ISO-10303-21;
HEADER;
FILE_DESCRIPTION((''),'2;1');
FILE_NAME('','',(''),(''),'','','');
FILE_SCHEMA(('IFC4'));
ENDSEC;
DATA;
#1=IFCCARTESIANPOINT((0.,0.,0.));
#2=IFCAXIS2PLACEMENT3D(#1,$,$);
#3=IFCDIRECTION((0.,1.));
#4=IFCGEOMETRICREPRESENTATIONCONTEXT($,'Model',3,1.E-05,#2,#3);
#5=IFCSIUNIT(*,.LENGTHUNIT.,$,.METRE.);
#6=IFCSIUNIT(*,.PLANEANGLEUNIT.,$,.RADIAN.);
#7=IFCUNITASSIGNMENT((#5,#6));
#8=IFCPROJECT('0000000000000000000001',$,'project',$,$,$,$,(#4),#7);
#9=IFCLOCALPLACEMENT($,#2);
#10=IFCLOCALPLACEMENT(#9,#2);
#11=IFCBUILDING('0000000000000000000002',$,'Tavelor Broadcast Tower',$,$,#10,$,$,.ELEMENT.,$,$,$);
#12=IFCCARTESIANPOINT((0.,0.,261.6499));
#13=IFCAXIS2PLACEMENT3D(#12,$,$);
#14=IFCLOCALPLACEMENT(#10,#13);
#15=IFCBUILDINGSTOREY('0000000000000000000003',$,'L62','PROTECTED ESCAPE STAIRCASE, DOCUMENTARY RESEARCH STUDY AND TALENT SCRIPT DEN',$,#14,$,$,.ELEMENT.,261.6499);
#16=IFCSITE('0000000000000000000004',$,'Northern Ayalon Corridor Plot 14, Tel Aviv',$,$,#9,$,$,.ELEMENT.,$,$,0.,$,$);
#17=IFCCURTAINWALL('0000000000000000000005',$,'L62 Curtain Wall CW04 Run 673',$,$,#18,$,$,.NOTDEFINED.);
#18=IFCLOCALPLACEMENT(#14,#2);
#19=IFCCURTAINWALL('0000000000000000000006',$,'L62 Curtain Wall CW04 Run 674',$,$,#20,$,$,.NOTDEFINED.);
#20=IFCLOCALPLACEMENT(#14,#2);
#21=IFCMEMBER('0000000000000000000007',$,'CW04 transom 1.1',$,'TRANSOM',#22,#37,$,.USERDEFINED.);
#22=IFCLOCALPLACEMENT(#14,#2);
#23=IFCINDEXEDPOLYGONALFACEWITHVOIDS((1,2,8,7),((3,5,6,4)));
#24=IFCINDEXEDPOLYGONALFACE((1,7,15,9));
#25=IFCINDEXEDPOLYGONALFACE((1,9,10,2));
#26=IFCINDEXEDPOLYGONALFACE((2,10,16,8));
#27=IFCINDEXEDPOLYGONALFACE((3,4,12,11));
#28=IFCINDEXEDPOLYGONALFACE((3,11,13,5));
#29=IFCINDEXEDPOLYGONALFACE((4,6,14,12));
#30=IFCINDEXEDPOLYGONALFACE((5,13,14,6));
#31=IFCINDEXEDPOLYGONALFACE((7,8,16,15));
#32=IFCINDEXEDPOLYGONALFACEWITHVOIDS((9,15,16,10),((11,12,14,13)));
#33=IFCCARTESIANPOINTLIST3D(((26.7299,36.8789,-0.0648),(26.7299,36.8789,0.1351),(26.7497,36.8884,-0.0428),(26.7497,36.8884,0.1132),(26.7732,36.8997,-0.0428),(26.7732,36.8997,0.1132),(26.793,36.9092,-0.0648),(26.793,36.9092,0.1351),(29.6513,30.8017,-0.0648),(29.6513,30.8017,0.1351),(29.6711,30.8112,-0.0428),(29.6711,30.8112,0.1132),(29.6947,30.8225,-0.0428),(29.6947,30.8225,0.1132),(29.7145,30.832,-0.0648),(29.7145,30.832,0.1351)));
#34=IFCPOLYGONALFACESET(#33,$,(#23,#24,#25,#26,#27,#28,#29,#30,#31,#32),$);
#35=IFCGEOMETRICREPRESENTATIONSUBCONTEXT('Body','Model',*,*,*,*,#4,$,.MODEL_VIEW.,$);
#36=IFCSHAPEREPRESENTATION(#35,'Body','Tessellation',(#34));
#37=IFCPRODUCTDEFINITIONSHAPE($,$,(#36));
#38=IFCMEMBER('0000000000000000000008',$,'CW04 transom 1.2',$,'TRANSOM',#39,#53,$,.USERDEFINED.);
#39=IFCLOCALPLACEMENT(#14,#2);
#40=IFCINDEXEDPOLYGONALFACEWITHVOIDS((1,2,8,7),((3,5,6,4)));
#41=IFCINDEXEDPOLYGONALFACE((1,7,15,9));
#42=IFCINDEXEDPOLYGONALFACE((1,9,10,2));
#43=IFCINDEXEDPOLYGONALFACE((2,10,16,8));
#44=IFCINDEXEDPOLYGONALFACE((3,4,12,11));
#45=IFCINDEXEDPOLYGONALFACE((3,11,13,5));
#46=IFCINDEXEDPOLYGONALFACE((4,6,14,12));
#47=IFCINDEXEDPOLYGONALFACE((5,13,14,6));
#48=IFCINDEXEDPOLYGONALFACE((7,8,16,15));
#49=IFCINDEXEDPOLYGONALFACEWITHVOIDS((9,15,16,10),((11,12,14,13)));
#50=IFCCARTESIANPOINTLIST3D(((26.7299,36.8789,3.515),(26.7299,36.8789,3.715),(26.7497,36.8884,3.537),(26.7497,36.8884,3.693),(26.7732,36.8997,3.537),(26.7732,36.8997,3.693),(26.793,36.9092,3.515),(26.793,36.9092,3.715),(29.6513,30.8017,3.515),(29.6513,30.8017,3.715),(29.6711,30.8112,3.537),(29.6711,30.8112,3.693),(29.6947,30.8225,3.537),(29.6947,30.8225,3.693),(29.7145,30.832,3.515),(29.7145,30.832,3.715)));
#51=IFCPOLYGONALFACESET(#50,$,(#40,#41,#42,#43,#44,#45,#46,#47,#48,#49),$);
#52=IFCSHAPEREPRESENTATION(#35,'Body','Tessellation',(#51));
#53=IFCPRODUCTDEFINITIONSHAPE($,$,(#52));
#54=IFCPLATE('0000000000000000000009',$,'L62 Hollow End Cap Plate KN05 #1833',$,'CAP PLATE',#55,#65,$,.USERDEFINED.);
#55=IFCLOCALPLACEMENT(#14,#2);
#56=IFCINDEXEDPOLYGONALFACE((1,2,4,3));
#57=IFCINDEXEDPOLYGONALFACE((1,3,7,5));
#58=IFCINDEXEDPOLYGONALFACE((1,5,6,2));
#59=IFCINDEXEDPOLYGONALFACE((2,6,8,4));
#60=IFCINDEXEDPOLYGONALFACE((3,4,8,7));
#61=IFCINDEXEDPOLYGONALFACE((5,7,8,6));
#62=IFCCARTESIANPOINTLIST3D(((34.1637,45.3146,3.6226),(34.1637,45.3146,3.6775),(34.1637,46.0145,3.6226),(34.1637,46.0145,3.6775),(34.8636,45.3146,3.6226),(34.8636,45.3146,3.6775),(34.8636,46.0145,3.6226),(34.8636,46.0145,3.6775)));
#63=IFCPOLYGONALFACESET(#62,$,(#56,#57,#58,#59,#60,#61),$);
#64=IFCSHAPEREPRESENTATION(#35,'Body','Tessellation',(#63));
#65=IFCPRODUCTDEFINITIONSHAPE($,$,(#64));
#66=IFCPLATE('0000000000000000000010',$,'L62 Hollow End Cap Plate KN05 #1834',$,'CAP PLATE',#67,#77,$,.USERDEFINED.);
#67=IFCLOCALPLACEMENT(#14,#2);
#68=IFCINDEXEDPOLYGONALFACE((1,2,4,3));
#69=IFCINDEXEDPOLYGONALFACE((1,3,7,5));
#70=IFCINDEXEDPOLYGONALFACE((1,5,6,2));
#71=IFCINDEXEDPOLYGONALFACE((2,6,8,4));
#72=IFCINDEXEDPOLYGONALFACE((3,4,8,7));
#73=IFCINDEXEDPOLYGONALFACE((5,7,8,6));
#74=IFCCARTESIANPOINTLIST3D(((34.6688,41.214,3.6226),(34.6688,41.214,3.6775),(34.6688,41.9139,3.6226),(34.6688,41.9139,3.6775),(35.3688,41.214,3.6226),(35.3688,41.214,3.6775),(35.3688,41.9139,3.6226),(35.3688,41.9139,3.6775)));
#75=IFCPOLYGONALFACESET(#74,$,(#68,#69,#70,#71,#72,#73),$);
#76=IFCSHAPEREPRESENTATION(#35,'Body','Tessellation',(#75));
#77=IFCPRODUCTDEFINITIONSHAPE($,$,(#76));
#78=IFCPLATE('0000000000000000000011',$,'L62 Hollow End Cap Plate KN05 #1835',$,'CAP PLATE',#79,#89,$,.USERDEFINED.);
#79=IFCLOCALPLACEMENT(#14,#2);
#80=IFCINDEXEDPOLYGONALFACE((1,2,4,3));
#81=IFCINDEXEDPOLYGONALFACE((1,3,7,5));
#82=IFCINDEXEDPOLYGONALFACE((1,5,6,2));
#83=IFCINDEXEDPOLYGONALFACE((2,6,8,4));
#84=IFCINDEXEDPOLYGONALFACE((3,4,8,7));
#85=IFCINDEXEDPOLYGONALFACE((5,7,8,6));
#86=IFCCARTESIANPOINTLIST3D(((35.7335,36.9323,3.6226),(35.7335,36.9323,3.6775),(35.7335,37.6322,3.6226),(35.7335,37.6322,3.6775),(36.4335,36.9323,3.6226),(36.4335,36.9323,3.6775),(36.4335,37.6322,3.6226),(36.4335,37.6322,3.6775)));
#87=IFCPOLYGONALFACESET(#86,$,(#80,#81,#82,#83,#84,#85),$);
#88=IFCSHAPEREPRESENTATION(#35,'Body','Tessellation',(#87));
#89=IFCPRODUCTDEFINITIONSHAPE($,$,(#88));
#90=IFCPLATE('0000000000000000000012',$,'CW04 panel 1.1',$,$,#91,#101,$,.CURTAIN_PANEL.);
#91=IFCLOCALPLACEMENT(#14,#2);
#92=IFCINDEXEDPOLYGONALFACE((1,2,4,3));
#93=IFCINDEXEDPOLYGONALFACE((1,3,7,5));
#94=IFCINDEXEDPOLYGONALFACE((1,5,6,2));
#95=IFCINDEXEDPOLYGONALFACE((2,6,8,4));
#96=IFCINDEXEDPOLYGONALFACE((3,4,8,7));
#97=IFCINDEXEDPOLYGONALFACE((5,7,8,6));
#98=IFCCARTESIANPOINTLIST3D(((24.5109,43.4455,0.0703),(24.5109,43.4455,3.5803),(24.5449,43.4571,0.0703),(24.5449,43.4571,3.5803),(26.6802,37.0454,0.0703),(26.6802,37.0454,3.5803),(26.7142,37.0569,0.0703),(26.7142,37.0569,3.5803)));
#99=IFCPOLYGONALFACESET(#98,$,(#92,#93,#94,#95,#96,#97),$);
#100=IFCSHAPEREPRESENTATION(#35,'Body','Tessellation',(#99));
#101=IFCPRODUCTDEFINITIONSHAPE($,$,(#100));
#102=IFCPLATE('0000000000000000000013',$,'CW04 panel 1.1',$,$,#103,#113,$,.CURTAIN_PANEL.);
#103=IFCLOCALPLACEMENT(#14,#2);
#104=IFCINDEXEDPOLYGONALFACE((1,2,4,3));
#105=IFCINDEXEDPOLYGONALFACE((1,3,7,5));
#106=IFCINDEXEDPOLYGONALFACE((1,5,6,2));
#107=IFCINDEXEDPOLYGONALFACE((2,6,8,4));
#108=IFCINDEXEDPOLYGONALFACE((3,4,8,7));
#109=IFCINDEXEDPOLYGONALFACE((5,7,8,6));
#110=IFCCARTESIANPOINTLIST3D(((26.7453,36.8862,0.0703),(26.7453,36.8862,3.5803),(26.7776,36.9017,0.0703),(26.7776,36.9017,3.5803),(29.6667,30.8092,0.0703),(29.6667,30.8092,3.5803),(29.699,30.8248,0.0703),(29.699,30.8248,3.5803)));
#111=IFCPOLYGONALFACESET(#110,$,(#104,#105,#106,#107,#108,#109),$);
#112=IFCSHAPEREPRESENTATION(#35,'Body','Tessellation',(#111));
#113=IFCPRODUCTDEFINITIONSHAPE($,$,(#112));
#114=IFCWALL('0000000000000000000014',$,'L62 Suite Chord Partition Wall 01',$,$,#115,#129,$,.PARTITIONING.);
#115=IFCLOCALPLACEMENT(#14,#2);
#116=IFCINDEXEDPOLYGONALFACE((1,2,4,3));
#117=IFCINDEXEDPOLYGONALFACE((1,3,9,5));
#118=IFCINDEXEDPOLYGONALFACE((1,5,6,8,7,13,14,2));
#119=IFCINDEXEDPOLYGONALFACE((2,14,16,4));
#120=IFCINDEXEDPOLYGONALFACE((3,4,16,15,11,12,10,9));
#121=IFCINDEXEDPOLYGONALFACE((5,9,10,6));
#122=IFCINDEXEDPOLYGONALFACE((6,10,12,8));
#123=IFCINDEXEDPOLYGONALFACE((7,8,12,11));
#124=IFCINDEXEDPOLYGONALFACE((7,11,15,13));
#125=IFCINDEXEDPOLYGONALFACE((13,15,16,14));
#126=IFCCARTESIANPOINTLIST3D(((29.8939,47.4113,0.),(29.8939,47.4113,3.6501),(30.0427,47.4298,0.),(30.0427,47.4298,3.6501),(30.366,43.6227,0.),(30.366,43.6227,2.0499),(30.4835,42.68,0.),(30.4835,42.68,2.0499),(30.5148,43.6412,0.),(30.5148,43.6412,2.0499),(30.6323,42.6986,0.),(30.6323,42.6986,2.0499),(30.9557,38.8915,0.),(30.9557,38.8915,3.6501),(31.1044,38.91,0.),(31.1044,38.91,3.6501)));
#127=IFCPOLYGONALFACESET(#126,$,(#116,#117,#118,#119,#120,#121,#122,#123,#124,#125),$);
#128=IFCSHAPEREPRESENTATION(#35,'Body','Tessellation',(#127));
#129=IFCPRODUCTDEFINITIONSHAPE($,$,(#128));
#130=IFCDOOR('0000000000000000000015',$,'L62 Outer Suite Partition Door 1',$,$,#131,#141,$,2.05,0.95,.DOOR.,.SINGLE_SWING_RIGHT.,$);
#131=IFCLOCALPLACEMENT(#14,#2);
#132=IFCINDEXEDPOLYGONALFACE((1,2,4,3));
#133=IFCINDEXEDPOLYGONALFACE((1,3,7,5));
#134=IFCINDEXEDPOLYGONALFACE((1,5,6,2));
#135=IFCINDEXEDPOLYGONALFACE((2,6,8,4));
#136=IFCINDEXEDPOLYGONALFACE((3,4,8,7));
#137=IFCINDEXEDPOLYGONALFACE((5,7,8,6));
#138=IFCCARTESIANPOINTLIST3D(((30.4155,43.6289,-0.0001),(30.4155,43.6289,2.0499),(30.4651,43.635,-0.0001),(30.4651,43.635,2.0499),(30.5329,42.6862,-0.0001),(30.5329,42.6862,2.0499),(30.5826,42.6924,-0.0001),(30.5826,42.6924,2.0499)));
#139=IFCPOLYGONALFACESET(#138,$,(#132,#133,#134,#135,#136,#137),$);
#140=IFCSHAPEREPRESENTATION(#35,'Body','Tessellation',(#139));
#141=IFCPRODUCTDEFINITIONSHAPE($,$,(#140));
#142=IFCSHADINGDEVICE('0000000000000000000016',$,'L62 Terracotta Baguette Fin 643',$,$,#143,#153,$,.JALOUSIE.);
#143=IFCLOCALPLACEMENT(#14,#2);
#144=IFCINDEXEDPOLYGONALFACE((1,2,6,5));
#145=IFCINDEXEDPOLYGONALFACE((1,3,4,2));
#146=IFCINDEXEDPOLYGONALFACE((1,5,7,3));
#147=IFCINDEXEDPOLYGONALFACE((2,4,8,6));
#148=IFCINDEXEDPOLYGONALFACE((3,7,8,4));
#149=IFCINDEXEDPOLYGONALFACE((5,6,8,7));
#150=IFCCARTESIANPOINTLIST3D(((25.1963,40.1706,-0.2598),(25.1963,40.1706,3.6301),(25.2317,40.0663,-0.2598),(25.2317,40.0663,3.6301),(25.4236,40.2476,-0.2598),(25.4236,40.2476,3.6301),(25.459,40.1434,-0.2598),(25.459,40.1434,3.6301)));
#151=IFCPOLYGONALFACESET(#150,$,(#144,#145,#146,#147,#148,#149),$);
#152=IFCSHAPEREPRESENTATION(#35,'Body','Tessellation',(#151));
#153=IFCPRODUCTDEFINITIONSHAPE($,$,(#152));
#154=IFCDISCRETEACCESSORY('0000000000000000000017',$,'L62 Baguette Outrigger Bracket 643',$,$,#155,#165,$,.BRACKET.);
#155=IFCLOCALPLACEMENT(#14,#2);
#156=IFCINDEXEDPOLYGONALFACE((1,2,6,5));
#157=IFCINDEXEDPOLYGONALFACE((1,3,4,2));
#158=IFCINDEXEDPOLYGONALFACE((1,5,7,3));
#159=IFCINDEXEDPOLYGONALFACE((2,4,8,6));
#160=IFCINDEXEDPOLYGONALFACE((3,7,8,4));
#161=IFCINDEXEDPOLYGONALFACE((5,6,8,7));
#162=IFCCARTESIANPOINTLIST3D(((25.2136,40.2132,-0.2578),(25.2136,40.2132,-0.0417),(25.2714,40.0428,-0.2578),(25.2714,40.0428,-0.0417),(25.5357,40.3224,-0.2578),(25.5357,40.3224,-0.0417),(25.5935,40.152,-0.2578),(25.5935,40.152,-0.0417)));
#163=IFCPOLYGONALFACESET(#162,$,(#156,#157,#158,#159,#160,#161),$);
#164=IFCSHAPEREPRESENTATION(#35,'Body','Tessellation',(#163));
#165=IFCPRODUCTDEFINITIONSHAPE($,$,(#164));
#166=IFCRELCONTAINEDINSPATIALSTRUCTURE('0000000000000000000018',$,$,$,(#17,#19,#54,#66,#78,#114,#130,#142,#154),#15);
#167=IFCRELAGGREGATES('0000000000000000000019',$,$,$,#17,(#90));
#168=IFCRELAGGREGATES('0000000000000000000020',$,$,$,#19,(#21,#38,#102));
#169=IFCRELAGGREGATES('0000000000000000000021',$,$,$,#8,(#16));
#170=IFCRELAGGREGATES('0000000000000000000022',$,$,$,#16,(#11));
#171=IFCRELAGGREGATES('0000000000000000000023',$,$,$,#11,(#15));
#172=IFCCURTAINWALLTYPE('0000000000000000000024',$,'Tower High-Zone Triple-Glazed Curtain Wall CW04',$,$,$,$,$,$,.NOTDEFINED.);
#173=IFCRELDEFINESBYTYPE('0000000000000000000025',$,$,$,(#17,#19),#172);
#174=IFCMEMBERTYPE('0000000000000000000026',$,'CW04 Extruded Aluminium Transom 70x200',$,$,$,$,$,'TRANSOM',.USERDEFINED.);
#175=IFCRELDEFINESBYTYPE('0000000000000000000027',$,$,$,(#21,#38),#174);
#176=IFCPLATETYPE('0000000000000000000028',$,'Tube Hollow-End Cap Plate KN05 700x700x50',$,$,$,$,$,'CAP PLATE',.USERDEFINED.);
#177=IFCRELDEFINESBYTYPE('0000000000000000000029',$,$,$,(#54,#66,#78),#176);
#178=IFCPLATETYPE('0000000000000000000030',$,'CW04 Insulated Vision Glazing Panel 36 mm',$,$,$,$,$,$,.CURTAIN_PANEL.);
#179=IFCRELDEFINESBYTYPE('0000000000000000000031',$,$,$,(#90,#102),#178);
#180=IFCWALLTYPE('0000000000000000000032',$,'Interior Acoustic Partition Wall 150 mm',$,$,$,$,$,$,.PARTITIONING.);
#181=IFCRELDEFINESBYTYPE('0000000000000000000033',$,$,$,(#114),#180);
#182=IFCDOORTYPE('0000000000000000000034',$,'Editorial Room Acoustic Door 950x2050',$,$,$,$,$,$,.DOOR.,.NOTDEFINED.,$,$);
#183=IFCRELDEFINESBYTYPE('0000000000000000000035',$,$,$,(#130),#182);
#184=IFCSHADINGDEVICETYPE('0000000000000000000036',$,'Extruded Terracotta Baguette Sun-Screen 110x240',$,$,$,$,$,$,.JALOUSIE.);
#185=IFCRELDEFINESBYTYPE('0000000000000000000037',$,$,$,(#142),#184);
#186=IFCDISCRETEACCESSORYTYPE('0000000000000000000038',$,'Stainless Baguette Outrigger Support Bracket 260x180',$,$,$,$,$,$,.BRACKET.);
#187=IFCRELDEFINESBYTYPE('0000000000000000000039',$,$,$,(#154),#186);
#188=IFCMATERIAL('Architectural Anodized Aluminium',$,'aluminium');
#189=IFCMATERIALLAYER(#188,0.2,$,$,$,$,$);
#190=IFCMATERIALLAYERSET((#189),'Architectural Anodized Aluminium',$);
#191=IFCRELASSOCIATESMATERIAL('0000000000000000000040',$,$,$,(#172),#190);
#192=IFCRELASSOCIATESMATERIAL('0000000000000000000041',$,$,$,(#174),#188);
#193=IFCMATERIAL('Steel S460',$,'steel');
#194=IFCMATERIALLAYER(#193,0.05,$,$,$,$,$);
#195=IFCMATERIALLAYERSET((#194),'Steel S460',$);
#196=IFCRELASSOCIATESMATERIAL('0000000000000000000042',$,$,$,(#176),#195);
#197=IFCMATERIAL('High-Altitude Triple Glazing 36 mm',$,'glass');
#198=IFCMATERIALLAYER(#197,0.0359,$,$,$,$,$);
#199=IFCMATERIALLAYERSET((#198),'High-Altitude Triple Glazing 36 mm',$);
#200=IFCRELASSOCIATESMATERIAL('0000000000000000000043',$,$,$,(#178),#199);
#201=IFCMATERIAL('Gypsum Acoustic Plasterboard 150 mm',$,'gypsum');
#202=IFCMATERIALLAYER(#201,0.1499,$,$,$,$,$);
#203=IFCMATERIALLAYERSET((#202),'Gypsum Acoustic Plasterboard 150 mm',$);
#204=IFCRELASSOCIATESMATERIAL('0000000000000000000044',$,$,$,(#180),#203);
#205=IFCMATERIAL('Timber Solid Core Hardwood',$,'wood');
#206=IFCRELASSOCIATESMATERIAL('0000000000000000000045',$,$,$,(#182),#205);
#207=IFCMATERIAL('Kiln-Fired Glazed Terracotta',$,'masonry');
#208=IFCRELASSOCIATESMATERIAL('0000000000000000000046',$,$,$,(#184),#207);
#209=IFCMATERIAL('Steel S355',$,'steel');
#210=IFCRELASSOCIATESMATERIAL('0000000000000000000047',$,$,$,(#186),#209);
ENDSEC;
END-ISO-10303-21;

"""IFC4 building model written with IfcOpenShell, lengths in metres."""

from ifc_helpers import new_model, si_unit, direction, frame, frame_2d, origin, origin_2d, place, context, subcontext, project, spatial, rectangle, hollow_rectangle, extrude, source, transform, mapped, material, layer, layer_set, material_profile, profile_set, type_object, type_shapes, element, fill, aggregate, save


model = new_model("IFC4")

# Units and contexts
model_context = context("Model", 3, precision=1e-05, world=origin(), true_north=direction((0.0, 1.0)))
body_context = subcontext(model_context, "Body", "Model", "MODEL_VIEW")
ifc_project = project(units=[si_unit("LENGTHUNIT", "METRE"), si_unit("PLANEANGLEUNIT", "RADIAN")], contexts=[model_context])

# Site, building, storey
site_placement = place(None, origin())
site = spatial("IfcSite", under=ifc_project, at=site_placement, Name="Northern Ayalon Corridor Plot 14, Tel Aviv", CompositionType="ELEMENT", RefElevation=0.0)
building_placement = place(site_placement, origin())
building = spatial("IfcBuilding", under=site, at=building_placement, Name="Tavelor Broadcast Tower", CompositionType="ELEMENT")
storey_placement = place(building_placement, frame((0.0, 0.0, 261.6499)))
storey = spatial("IfcBuildingStorey", under=building, at=storey_placement, Name="L62", Description="PROTECTED ESCAPE STAIRCASE, DOCUMENTARY RESEARCH STUDY AND TALENT SCRIPT DEN", CompositionType="ELEMENT", Elevation=261.6499)

# Shared definitions
ifc_material_1 = material(Name="Steel S460", Category="steel")

# Shared definitions
ifc_material_2 = material(Name="Steel S355", Category="steel")

# Curtain wall
ifc_material_3 = material(Name="Architectural Anodized Aluminium", Category="aluminium")
ifc_layer_1 = layer(ifc_material_3, 0.2)
ifc_layer_set_1 = layer_set([ifc_layer_1], Name="Architectural Anodized Aluminium")
curtain_wall_type = type_object("IfcCurtainWallType", Name="Tower High-Zone Triple-Glazed Curtain Wall CW04", PredefinedType="NOTDEFINED", material=ifc_layer_set_1)
curtain_wall_1_placement = place(storey_placement, origin())
curtain_wall_1 = element("IfcCurtainWall", 1, at=curtain_wall_1_placement, inside=storey, type_object=curtain_wall_type, Name="L62 Curtain Wall CW04 Run 673", PredefinedType="NOTDEFINED")

# Curtain wall
curtain_wall_2_placement = place(storey_placement, origin())
curtain_wall_2 = element("IfcCurtainWall", 2, at=curtain_wall_2_placement, inside=storey, type_object=curtain_wall_type, Name="L62 Curtain Wall CW04 Run 674", PredefinedType="NOTDEFINED")

# Members
ifc_material_profile_1 = material_profile(ifc_material_3, hollow_rectangle(XDim=0.0701, YDim=0.2, WallThickness=0.022, at=origin_2d()), Name="RHS 70x200x22")
ifc_profile_set_1 = profile_set([ifc_material_profile_1], Name="Architectural Anodized Aluminium")
member_type_1 = type_object("IfcMemberType", Name="CW04 Extruded Aluminium Transom 70x200", ElementType="TRANSOM", PredefinedType="USERDEFINED", material=ifc_profile_set_1)
shared_shape_1 = source(origin(), body_context, "Body", "SweptSolid", [
    extrude(hollow_rectangle(XDim=0.0701, YDim=0.2, WallThickness=0.022, at=origin_2d()), origin(), (0.0, 0.0, 1.0), 6.7429),
])
member_1_placement = place(storey_placement, frame((26.7615, 36.894, 0.0352), z_axis=(0.433256, -0.901271, 0.0), x_axis=(0.901271, 0.433256, 0.0)))
member_1 = element("IfcMember", 3, at=member_1_placement, type_object=member_type_1, Name="CW04 transom 1.1", ObjectType="TRANSOM", PredefinedType="USERDEFINED", context=body_context, shape_type="MappedRepresentation", body=[
    mapped(shared_shape_1, transform((0.0, 0.0, 0.0), scale=1.0)),
])
member_2_placement = place(storey_placement, frame((26.7615, 36.894, 3.615), z_axis=(0.433256, -0.901271, 0.0), x_axis=(0.901271, 0.433256, 0.0)))
member_2 = element("IfcMember", 4, at=member_2_placement, type_object=member_type_1, Name="CW04 transom 1.2", ObjectType="TRANSOM", PredefinedType="USERDEFINED", context=body_context, shape_type="MappedRepresentation", body=[
    mapped(shared_shape_1, transform((0.0, 0.0, 0.0), scale=1.0)),
])

# Plates
ifc_layer_2 = layer(ifc_material_1, 0.05)
ifc_layer_set_2 = layer_set([ifc_layer_2], Name="Steel S460")
plate_type_1 = type_object("IfcPlateType", Name="Tube Hollow-End Cap Plate KN05 700x700x50", ElementType="CAP PLATE", PredefinedType="USERDEFINED", material=ifc_layer_set_2)
shared_shape_2 = source(origin(), body_context, "Body", "SweptSolid", [
    extrude(rectangle(XDim=0.7, YDim=0.7, at=origin_2d()), origin(), (0.0, 0.0, 1.0), 0.0549),
])
type_shapes(plate_type_1, [shared_shape_2])
for number, where, z_axis, x_axis, name in (
    (5, (34.5137, 45.6646, 3.6226), (0.0, 0.0, 1.0), (1.0, 0.0, 0.0), "L62 Hollow End Cap Plate KN05 #1833"),
    (6, (35.0188, 41.564, 3.6226), (0.0, 0.0, 1.0), (1.0, 0.0, 0.0), "L62 Hollow End Cap Plate KN05 #1834"),
    (7, (36.0835, 37.2822, 3.6226), (0.0, 0.0, 1.0), (1.0, 0.0, 0.0), "L62 Hollow End Cap Plate KN05 #1835"),
):
    element("IfcPlate", number, at=place(storey_placement, frame(where, z_axis=z_axis, x_axis=x_axis)), inside=storey, type_object=plate_type_1, Name=name, ObjectType="CAP PLATE", PredefinedType="USERDEFINED", context=body_context, shape_type="MappedRepresentation", body=[
        mapped(shared_shape_2, transform((0.0, 0.0, 0.0), scale=1.0)),
    ])

# Plates
ifc_material_4 = material(Name="High-Altitude Triple Glazing 36 mm", Category="glass")
ifc_layer_3 = layer(ifc_material_4, 0.0359)
ifc_layer_set_3 = layer_set([ifc_layer_3], Name="High-Altitude Triple Glazing 36 mm")
plate_type_2 = type_object("IfcPlateType", Name="CW04 Insulated Vision Glazing Panel 36 mm", PredefinedType="CURTAIN_PANEL", material=ifc_layer_set_3)
shared_shape_3 = source(origin(), body_context, "Body", "SweptSolid", [
    extrude(rectangle(XDim=6.7578, YDim=0.0359, at=origin_2d()), origin(), (0.0, 0.0, 1.0), 3.51),
])
plate_1_placement = place(storey_placement, frame((25.6125, 40.2512, 0.0703), z_axis=(0.0, 0.0, 1.0), x_axis=(0.321017, -0.947074, 0.0)))
plate_1 = element("IfcPlate", 8, at=plate_1_placement, type_object=plate_type_2, Name="CW04 panel 1.1", PredefinedType="CURTAIN_PANEL", context=body_context, shape_type="MappedRepresentation", body=[
    mapped(shared_shape_3, transform((0.0, 0.0, 0.0), scale=1.0)),
])
aggregate(curtain_wall_1, [plate_1])
shared_shape_4 = source(origin(), body_context, "Body", "SweptSolid", [
    extrude(rectangle(XDim=6.7427, YDim=0.0359, at=origin_2d()), origin(), (0.0, 0.0, 1.0), 3.51),
])
type_shapes(plate_type_2, [shared_shape_3, shared_shape_4])
plate_2_placement = place(storey_placement, frame((28.2222, 33.8555, 0.0703), z_axis=(0.0, 0.0, 1.0), x_axis=(0.43327, -0.901264, 0.0)))
plate_2 = element("IfcPlate", 9, at=plate_2_placement, type_object=plate_type_2, Name="CW04 panel 1.1", PredefinedType="CURTAIN_PANEL", context=body_context, shape_type="MappedRepresentation", body=[
    mapped(shared_shape_4, transform((0.0, 0.0, 0.0), scale=1.0)),
])
aggregate(curtain_wall_2, [member_1, member_2, plate_2])

# Wall, opening, door
ifc_material_5 = material(Name="Gypsum Acoustic Plasterboard 150 mm", Category="gypsum")
ifc_layer_4 = layer(ifc_material_5, 0.1499)
ifc_layer_set_4 = layer_set([ifc_layer_4], Name="Gypsum Acoustic Plasterboard 150 mm")
wall_type = type_object("IfcWallType", Name="Interior Acoustic Partition Wall 150 mm", PredefinedType="PARTITIONING", material=ifc_layer_set_4)
wall_placement = place(storey_placement, frame((29.9683, 47.4207, 0.0), z_axis=(0.0, 0.0, 1.0), x_axis=(0.123667, -0.992324, 0.0)))
wall = element("IfcWall", 10, at=wall_placement, inside=storey, type_object=wall_type, Name="L62 Suite Chord Partition Wall 01", PredefinedType="PARTITIONING", context=body_context, shape_type="SweptSolid", body=[
    extrude(rectangle(XDim=8.5857, YDim=0.1499, at=frame_2d((4.293, 0.0))), origin(), (0.0, 0.0, 1.0), 3.6501),
])
opening_placement = place(wall_placement, frame((3.8179, 0.0, 0.0)))
opening = element("IfcOpeningElement", 11, at=opening_placement, cuts=wall, PredefinedType="OPENING", context=body_context, shape_type="SweptSolid", body=[
    extrude(rectangle(XDim=0.95, YDim=2.05, at=frame_2d((0.4751, 1.0249))), frame((0.0, 0.085, 0.0), z_axis=(0.0, -1.0, 0.0), x_axis=(1.0, 0.0, 0.0)), (0.0, 0.0, 1.0), 0.1699),
])
ifc_material_6 = material(Name="Timber Solid Core Hardwood", Category="wood")
door_type = type_object("IfcDoorType", Name="Editorial Room Acoustic Door 950x2050", OperationType="NOTDEFINED", PredefinedType="DOOR", material=ifc_material_6)
door_placement = place(opening_placement, origin())
door = element("IfcDoor", 12, at=door_placement, inside=storey, type_object=door_type, Name="L62 Outer Suite Partition Door 1", OperationType="SINGLE_SWING_RIGHT", OverallHeight=2.05, OverallWidth=0.95, PredefinedType="DOOR", context=body_context, shape_type="SweptSolid", body=[
    extrude(rectangle(XDim=0.95, YDim=2.05, at=frame_2d((0.4751, 1.0249))), frame((0.0, 0.0249, 0.0), z_axis=(0.0, -1.0, 0.0), x_axis=(1.0, 0.0, 0.0)), (0.0, 0.0, 1.0), 0.05),
])
fill(opening, door)

# Shading device
ifc_material_7 = material(Name="Kiln-Fired Glazed Terracotta", Category="masonry")
shading_device_type = type_object("IfcShadingDeviceType", Name="Extruded Terracotta Baguette Sun-Screen 110x240", PredefinedType="JALOUSIE", material=ifc_material_7)
shared_shape_5 = source(origin(), body_context, "Body", "SweptSolid", [
    extrude(rectangle(XDim=0.1101, YDim=0.24, at=origin_2d()), origin(), (0.0, 0.0, 1.0), 3.8899),
])
type_shapes(shading_device_type, [shared_shape_5])
shading_device_placement = place(storey_placement, frame((25.3276, 40.157, -0.2598), z_axis=(0.0, 0.0, 1.0), x_axis=(0.320944, -0.947098, 0.0)))
element("IfcShadingDevice", 13, at=shading_device_placement, inside=storey, type_object=shading_device_type, Name="L62 Terracotta Baguette Fin 643", PredefinedType="JALOUSIE", context=body_context, shape_type="MappedRepresentation", body=[
    mapped(shared_shape_5, transform((0.0, 0.0, 0.0), scale=1.0)),
])

# Discrete accessory
discrete_accessory_type = type_object("IfcDiscreteAccessoryType", Name="Stainless Baguette Outrigger Support Bracket 260x180", PredefinedType="BRACKET", material=ifc_material_2)
shared_shape_6 = source(origin(), body_context, "Body", "SweptSolid", [
    extrude(rectangle(XDim=0.1799, YDim=0.3401, at=origin_2d()), origin(), (0.0, 0.0, 1.0), 0.2161),
])
type_shapes(discrete_accessory_type, [shared_shape_6])
discrete_accessory_placement = place(storey_placement, frame((25.4036, 40.1826, -0.2578), z_axis=(0.0, 0.0, 1.0), x_axis=(0.320944, -0.947098, 0.0)))
element("IfcDiscreteAccessory", 14, at=discrete_accessory_placement, inside=storey, type_object=discrete_accessory_type, Name="L62 Baguette Outrigger Bracket 643", PredefinedType="BRACKET", context=body_context, shape_type="MappedRepresentation", body=[
    mapped(shared_shape_6, transform((0.0, 0.0, 0.0), scale=1.0)),
])

save(model, "model.ifc")
